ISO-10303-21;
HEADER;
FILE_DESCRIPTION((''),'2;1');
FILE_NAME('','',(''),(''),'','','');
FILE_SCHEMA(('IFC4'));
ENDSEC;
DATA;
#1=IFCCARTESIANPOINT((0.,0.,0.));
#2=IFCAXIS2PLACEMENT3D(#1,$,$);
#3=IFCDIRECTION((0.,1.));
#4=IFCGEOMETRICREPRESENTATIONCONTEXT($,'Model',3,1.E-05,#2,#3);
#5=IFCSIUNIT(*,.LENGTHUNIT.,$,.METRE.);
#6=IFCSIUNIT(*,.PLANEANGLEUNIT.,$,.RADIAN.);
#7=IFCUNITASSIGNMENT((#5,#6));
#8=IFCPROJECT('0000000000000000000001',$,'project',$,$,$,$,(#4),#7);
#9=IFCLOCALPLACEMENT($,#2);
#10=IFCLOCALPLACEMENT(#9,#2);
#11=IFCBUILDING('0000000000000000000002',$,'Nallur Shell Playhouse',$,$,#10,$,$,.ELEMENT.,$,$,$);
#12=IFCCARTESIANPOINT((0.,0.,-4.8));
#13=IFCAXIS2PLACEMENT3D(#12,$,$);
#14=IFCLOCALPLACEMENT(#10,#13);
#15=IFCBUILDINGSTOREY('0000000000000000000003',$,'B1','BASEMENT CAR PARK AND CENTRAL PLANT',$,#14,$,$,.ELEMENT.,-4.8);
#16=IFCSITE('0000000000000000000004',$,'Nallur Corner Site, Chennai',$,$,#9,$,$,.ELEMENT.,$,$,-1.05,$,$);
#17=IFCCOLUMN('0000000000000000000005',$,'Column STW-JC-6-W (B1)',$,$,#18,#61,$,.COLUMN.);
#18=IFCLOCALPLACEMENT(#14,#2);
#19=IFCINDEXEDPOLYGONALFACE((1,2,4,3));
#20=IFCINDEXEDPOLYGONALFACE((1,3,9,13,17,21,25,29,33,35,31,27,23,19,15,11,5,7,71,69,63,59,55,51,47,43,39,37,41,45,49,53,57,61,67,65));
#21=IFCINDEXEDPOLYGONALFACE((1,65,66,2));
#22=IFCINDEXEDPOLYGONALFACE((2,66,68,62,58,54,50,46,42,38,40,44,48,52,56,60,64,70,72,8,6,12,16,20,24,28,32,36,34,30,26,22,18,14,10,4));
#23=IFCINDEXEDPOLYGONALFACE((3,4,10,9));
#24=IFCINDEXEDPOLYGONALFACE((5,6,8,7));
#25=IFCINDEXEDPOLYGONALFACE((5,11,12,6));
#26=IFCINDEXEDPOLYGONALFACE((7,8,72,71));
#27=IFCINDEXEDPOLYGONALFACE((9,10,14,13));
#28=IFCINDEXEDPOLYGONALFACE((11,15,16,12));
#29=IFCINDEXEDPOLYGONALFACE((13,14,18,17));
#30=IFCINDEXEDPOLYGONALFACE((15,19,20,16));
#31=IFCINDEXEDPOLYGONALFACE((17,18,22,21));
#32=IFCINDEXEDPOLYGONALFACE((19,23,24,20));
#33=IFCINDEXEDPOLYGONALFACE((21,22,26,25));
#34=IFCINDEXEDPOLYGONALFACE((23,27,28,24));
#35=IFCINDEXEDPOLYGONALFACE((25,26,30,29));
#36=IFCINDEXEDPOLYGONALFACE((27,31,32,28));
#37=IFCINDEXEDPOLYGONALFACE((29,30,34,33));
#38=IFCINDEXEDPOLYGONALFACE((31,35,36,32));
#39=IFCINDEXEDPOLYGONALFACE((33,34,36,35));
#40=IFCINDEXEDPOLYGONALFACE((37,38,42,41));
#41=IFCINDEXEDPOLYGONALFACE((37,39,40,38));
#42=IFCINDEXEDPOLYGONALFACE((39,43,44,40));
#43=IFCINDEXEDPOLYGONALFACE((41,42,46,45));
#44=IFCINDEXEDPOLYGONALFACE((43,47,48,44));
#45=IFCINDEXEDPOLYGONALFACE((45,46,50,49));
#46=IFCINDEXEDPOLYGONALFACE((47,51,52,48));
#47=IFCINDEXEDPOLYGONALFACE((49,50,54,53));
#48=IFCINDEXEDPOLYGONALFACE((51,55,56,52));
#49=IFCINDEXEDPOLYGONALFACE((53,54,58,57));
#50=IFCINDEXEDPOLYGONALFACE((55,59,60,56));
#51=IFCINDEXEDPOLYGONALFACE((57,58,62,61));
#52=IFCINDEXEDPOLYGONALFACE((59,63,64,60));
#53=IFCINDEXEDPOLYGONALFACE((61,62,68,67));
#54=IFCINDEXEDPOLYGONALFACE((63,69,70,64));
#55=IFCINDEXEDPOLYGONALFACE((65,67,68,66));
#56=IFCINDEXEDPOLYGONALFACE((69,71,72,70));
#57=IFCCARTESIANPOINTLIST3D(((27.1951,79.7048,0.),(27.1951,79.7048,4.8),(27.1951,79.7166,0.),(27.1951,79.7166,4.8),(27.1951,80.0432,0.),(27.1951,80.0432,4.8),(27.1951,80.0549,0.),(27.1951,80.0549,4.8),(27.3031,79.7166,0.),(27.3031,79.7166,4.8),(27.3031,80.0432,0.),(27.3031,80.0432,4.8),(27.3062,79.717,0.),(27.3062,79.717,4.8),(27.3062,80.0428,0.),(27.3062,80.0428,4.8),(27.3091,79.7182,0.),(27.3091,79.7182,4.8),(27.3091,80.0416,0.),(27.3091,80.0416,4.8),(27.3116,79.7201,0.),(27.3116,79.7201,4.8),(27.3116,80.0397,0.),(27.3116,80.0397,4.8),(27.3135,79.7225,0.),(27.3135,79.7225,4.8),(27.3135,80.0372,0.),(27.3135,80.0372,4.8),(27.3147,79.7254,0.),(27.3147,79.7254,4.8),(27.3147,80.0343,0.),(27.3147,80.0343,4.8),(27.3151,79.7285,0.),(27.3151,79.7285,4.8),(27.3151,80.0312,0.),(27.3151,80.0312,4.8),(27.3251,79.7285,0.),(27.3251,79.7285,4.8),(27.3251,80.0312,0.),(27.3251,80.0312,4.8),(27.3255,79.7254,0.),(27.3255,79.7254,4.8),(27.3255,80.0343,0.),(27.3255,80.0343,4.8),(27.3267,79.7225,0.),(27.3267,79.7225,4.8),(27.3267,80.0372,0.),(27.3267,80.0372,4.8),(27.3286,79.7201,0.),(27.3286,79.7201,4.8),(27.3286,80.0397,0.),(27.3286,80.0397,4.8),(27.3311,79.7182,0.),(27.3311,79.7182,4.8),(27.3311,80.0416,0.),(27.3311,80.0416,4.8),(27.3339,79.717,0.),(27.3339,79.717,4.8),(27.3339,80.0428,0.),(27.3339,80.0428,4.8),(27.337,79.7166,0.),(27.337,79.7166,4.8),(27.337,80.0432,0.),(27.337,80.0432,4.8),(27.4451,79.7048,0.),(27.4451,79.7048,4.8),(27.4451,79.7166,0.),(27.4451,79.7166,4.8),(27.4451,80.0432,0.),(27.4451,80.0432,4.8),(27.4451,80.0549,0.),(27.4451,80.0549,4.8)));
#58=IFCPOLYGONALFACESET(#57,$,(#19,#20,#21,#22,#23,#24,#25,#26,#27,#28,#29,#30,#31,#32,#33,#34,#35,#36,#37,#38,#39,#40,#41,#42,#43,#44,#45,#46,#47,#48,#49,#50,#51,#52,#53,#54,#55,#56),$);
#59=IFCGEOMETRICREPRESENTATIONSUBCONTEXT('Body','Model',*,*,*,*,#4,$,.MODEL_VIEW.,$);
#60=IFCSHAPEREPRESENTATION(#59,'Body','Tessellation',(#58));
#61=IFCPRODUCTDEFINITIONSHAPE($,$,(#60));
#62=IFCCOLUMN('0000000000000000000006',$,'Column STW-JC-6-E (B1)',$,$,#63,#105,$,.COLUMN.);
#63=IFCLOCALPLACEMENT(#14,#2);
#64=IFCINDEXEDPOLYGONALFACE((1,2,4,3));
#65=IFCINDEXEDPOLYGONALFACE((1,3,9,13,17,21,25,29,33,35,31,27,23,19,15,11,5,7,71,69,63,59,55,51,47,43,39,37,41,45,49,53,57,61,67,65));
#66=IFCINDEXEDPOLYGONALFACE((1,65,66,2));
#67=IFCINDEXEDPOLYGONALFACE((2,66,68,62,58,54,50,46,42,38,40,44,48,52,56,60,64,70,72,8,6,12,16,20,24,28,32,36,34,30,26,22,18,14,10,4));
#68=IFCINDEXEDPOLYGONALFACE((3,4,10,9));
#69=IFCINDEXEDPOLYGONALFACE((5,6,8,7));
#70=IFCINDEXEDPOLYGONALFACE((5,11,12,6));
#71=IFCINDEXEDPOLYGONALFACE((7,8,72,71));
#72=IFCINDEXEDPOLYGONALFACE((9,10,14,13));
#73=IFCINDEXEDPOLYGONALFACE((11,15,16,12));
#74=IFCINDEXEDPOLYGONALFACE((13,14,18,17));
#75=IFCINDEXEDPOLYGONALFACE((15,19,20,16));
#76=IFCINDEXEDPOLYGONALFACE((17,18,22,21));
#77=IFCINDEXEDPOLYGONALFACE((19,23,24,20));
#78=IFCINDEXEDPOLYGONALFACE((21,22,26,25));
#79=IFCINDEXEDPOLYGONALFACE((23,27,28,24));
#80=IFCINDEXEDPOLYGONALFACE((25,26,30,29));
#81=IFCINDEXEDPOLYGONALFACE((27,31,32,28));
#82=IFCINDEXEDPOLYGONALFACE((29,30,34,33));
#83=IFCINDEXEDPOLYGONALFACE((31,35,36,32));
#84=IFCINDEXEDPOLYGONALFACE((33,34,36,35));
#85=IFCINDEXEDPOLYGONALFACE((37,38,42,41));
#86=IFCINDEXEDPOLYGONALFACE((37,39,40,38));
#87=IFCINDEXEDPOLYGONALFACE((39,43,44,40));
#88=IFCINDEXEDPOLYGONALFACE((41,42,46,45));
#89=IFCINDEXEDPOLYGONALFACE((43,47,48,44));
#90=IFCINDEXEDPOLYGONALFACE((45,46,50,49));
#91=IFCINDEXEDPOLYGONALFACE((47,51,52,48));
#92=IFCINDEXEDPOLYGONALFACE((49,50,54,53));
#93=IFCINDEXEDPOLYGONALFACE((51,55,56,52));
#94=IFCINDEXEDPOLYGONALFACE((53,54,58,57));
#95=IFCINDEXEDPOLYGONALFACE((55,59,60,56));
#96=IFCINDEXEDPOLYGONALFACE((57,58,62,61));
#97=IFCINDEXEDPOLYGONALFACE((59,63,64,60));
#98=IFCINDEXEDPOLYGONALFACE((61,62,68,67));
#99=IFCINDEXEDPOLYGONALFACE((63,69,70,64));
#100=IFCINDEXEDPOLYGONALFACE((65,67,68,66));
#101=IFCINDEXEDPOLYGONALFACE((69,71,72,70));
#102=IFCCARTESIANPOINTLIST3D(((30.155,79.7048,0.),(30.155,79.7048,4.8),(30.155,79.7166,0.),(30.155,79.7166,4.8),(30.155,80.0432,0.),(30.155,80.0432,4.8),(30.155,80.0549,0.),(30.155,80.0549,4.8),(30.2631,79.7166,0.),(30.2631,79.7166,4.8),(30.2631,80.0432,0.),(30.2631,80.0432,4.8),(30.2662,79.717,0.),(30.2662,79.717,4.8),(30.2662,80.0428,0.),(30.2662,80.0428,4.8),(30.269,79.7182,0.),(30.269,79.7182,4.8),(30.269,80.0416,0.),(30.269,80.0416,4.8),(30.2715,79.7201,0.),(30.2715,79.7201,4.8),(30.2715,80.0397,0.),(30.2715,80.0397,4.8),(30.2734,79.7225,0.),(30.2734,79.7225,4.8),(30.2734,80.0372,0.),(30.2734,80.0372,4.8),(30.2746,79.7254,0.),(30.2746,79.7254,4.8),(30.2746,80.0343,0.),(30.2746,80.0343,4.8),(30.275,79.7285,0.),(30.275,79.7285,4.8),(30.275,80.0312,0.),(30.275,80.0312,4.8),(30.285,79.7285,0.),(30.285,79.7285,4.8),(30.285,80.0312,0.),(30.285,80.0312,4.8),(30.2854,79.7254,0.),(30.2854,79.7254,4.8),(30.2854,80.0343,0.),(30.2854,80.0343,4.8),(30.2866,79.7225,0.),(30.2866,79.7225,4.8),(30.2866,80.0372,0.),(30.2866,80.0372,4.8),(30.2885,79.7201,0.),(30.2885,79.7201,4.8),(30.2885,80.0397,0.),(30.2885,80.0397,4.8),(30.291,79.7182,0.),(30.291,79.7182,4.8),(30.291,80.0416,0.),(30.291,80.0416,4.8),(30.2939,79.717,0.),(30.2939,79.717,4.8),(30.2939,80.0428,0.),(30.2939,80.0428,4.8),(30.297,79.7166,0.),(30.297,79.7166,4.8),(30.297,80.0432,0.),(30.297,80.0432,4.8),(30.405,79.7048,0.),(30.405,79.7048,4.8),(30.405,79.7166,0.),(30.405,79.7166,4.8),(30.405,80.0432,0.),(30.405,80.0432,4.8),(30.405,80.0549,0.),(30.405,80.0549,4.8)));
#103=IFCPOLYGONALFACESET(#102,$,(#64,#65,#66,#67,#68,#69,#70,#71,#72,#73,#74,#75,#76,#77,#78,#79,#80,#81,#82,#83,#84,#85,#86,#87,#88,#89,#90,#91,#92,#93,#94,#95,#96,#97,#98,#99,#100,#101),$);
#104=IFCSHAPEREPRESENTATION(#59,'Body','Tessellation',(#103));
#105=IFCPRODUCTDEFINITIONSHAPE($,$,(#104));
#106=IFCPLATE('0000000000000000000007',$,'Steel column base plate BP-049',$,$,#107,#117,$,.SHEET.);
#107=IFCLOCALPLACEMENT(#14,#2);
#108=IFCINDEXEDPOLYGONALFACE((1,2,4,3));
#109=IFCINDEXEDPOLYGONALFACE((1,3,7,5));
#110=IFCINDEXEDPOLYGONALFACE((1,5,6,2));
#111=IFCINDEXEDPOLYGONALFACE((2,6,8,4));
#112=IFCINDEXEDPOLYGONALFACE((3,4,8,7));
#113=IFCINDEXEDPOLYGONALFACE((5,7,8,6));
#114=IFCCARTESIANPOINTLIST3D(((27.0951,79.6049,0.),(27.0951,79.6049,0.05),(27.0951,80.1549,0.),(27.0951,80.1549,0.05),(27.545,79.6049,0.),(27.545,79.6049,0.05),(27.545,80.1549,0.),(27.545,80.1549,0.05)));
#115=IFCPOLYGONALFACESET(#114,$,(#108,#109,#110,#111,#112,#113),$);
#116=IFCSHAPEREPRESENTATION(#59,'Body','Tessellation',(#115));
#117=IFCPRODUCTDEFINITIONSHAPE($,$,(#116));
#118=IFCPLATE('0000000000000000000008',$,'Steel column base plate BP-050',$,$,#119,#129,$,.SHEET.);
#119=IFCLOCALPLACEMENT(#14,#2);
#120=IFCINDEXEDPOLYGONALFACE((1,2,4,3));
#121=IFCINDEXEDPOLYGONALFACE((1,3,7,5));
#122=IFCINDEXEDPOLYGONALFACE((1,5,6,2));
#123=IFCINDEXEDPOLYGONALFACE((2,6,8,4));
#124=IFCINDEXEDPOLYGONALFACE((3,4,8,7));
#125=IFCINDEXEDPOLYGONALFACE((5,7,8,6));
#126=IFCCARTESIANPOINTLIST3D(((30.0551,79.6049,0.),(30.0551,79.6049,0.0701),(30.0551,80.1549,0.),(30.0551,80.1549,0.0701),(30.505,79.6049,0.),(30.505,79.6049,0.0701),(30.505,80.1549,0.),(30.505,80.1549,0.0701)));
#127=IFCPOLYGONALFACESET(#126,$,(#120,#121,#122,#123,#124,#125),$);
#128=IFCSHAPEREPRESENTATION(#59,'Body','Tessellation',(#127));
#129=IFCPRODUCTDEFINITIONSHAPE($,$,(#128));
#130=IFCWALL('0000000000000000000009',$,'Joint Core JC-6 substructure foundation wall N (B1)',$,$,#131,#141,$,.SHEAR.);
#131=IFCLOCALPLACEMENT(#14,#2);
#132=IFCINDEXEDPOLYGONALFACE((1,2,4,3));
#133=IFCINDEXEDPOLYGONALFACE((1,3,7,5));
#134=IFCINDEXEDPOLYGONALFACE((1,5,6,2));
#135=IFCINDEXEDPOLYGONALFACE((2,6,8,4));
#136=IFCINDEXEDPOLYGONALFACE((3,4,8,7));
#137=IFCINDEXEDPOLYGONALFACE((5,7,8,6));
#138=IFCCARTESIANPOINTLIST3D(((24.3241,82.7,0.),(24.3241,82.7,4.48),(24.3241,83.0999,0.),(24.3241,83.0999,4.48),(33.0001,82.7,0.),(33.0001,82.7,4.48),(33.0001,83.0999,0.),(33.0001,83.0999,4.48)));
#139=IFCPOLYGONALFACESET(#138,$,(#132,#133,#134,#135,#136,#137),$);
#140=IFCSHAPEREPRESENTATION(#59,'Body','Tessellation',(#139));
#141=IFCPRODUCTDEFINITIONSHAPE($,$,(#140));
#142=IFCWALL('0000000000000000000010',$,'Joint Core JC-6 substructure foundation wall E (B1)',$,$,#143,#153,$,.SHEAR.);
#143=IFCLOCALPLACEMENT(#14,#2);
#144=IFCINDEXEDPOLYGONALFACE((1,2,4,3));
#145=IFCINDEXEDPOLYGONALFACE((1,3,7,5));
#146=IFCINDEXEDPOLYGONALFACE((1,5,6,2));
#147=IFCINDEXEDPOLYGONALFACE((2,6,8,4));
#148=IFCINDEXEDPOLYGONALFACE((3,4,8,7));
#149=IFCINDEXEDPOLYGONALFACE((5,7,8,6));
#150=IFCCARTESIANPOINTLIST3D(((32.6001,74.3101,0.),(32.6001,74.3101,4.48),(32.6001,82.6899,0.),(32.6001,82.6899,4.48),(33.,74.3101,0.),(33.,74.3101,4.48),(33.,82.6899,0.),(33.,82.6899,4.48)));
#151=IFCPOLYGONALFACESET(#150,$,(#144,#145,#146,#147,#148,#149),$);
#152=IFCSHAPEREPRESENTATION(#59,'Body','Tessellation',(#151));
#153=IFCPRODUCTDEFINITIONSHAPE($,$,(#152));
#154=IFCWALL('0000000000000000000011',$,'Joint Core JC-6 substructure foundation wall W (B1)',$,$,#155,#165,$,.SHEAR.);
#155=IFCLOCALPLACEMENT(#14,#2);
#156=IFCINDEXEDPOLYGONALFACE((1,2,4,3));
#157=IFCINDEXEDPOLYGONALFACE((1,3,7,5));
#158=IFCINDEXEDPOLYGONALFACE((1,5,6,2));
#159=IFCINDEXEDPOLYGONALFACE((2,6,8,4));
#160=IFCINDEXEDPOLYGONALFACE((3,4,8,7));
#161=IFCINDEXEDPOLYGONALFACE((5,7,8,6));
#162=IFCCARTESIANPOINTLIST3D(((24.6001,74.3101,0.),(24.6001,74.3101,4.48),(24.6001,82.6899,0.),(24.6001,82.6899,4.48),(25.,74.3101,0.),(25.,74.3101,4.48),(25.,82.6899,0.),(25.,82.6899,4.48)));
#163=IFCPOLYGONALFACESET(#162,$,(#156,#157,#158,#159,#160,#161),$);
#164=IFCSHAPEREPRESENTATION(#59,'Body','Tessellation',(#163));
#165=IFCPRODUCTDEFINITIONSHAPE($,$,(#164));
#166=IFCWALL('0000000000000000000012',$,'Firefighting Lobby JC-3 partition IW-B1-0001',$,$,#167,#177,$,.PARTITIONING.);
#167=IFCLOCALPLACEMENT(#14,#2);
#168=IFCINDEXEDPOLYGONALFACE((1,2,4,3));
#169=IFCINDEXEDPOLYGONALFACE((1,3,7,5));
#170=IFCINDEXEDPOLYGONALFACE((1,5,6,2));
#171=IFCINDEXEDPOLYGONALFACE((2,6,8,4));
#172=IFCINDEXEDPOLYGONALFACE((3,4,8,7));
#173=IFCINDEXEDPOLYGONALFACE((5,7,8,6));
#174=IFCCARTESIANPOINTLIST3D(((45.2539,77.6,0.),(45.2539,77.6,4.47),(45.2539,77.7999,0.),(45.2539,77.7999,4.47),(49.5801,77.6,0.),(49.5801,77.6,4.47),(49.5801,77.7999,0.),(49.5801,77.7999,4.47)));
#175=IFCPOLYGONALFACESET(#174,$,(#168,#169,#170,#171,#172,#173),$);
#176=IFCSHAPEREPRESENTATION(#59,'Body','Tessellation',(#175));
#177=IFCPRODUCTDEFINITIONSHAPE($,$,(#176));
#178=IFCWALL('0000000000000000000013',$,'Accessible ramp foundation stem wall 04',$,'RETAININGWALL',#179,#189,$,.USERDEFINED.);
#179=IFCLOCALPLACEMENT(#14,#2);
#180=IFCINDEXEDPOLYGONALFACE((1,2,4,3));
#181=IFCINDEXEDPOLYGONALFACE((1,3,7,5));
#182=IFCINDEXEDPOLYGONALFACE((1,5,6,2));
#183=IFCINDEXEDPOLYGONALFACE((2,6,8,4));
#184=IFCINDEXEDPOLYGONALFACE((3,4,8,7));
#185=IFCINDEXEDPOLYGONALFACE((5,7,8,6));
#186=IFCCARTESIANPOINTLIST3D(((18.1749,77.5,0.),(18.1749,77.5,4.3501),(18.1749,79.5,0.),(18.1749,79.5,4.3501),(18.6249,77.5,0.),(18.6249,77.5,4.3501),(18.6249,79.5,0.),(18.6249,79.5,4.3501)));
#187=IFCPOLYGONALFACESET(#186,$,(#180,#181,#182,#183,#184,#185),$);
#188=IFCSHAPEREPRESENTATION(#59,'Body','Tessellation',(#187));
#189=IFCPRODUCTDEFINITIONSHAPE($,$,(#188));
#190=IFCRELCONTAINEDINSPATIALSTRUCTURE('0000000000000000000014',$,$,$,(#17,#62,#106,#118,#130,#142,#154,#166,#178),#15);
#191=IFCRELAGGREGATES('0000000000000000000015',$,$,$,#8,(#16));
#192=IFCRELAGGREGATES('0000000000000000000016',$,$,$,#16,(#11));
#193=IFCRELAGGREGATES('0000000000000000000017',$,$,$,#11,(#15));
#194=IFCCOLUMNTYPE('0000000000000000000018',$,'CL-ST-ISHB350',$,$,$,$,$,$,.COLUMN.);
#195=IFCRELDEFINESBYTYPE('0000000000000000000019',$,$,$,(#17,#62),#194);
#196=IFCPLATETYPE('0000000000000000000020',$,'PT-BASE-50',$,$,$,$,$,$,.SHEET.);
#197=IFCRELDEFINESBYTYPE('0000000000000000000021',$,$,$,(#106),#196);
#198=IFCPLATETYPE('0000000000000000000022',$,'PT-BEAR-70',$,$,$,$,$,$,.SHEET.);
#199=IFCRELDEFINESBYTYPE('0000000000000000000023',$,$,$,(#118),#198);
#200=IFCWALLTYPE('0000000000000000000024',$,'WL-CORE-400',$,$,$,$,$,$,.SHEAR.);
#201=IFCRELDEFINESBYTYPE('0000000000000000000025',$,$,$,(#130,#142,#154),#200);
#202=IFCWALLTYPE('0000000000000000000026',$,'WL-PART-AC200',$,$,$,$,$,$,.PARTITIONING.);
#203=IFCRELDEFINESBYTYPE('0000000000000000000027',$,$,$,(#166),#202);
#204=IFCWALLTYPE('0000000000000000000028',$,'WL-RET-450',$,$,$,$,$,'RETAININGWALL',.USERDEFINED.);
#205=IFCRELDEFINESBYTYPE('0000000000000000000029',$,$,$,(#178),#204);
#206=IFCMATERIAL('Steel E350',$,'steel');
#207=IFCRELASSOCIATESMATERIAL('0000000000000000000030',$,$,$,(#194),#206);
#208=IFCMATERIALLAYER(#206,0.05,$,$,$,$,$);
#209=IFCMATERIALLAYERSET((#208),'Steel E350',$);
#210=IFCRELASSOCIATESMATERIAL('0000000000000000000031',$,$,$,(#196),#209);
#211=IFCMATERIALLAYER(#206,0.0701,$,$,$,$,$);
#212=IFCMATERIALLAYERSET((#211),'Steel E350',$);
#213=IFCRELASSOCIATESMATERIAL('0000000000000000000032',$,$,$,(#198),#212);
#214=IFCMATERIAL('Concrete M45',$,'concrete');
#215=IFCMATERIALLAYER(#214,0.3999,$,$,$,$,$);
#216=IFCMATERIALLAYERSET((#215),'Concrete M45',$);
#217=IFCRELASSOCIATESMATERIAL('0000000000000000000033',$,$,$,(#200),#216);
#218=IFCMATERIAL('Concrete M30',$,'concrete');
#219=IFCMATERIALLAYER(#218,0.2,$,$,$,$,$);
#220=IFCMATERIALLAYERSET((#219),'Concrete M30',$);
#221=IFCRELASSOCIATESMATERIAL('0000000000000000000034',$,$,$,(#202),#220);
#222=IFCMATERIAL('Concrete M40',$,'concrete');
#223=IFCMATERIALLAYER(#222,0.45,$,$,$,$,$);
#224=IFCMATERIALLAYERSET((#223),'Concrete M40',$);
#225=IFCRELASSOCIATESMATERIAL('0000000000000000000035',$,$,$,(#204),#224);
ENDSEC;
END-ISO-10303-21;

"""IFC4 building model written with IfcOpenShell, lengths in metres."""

from ifc_helpers import new_model, si_unit, direction, frame, frame_2d, origin, origin_2d, place, context, subcontext, project, spatial, rectangle, i_section, extrude, material, layer, layer_set, material_profile, profile_set, type_object, element, save


model = new_model("IFC4")

# Units and contexts
model_context = context("Model", 3, precision=1e-05, world=origin(), true_north=direction((0.0, 1.0)))
body_context = subcontext(model_context, "Body", "Model", "MODEL_VIEW")
ifc_project = project(units=[si_unit("LENGTHUNIT", "METRE"), si_unit("PLANEANGLEUNIT", "RADIAN")], contexts=[model_context])

# Site, building, storey
site_placement = place(None, origin())
site = spatial("IfcSite", under=ifc_project, at=site_placement, Name="Nallur Corner Site, Chennai", CompositionType="ELEMENT", RefElevation=-1.05)
building_placement = place(site_placement, origin())
building = spatial("IfcBuilding", under=site, at=building_placement, Name="Nallur Shell Playhouse", CompositionType="ELEMENT")
storey_placement = place(building_placement, frame((0.0, 0.0, -4.8)))
storey = spatial("IfcBuildingStorey", under=building, at=storey_placement, Name="B1", Description="BASEMENT CAR PARK AND CENTRAL PLANT", CompositionType="ELEMENT", Elevation=-4.8)

# Columns
ifc_material_1 = material(Name="Steel E350", Category="steel")
ifc_material_profile_1 = material_profile(ifc_material_1, i_section(OverallWidth=0.25, OverallDepth=0.3501, WebThickness=0.01, FlangeThickness=0.0117, FilletRadius=0.012, at=origin_2d()), Name="ISHB 350")
ifc_profile_set_1 = profile_set([ifc_material_profile_1], Name="Steel E350")
column_type = type_object("IfcColumnType", Name="CL-ST-ISHB350", PredefinedType="COLUMN", material=ifc_profile_set_1)
for number, where, z_axis, x_axis, name in (
    (1, (27.3201, 79.8799, 0.0), (0.0, 0.0, 1.0), (1.0, 0.0, 0.0), "Column STW-JC-6-W (B1)"),
    (2, (30.28, 79.8799, 0.0), (0.0, 0.0, 1.0), (1.0, 0.0, 0.0), "Column STW-JC-6-E (B1)"),
):
    element("IfcColumn", number, at=place(storey_placement, frame(where, z_axis=z_axis, x_axis=x_axis)), inside=storey, type_object=column_type, Name=name, PredefinedType="COLUMN", context=body_context, shape_type="SweptSolid", body=[
        extrude(i_section(OverallWidth=0.25, OverallDepth=0.3501, WebThickness=0.01, FlangeThickness=0.0117, FilletRadius=0.012, at=origin_2d()), origin(), (0.0, 0.0, 1.0), 4.8),
    ])

# Plates
ifc_layer_1 = layer(ifc_material_1, 0.05)
ifc_layer_set_1 = layer_set([ifc_layer_1], Name="Steel E350")
plate_type_1 = type_object("IfcPlateType", Name="PT-BASE-50", PredefinedType="SHEET", material=ifc_layer_set_1)
plate_1_placement = place(storey_placement, frame((27.3201, 79.8799, 0.0), z_axis=(0.0, 0.0, 1.0), x_axis=(1.0, 0.0, 0.0)))
element("IfcPlate", 3, at=plate_1_placement, inside=storey, type_object=plate_type_1, Name="Steel column base plate BP-049", PredefinedType="SHEET", context=body_context, shape_type="SweptSolid", body=[
    extrude(rectangle(XDim=0.45, YDim=0.55, at=origin_2d()), origin(), (0.0, 0.0, 1.0), 0.05),
])
ifc_layer_2 = layer(ifc_material_1, 0.0701)
ifc_layer_set_2 = layer_set([ifc_layer_2], Name="Steel E350")
plate_type_2 = type_object("IfcPlateType", Name="PT-BEAR-70", PredefinedType="SHEET", material=ifc_layer_set_2)
plate_2_placement = place(storey_placement, frame((30.28, 79.8799, 0.0), z_axis=(0.0, 0.0, 1.0), x_axis=(1.0, 0.0, 0.0)))
element("IfcPlate", 4, at=plate_2_placement, inside=storey, type_object=plate_type_2, Name="Steel column base plate BP-050", PredefinedType="SHEET", context=body_context, shape_type="SweptSolid", body=[
    extrude(rectangle(XDim=0.45, YDim=0.55, at=origin_2d()), origin(), (0.0, 0.0, 1.0), 0.0701),
])

# Walls
ifc_material_2 = material(Name="Concrete M45", Category="concrete")
ifc_layer_3 = layer(ifc_material_2, 0.3999)
ifc_layer_set_3 = layer_set([ifc_layer_3], Name="Concrete M45")
wall_type_1 = type_object("IfcWallType", Name="WL-CORE-400", PredefinedType="SHEAR", material=ifc_layer_set_3)
wall_1_placement = place(storey_placement, frame((33.0, 82.8999, 0.0), z_axis=(0.0, 0.0, 1.0), x_axis=(-1.0, 0.0, 0.0)))
element("IfcWall", 5, at=wall_1_placement, inside=storey, type_object=wall_type_1, Name="Joint Core JC-6 substructure foundation wall N (B1)", PredefinedType="SHEAR", context=body_context, shape_type="SweptSolid", body=[
    extrude(rectangle(XDim=8.676, YDim=0.3999, at=frame_2d((4.3379, 0.0))), origin(), (0.0, 0.0, 1.0), 4.48),
])
for number, where, z_axis, x_axis, name in (
    (6, (32.8, 74.3101, 0.0), (0.0, 0.0, 1.0), (0.0, 1.0, 0.0), "Joint Core JC-6 substructure foundation wall E (B1)"),
    (7, (24.8, 82.6899, 0.0), (0.0, 0.0, 1.0), (0.0, -1.0, 0.0), "Joint Core JC-6 substructure foundation wall W (B1)"),
):
    element("IfcWall", number, at=place(storey_placement, frame(where, z_axis=z_axis, x_axis=x_axis)), inside=storey, type_object=wall_type_1, Name=name, PredefinedType="SHEAR", context=body_context, shape_type="SweptSolid", body=[
        extrude(rectangle(XDim=8.3799, YDim=0.3999, at=frame_2d((4.1899, 0.0))), origin(), (0.0, 0.0, 1.0), 4.48),
    ])
ifc_material_3 = material(Name="Concrete M30", Category="concrete")
ifc_layer_4 = layer(ifc_material_3, 0.2)
ifc_layer_set_4 = layer_set([ifc_layer_4], Name="Concrete M30")
wall_type_2 = type_object("IfcWallType", Name="WL-PART-AC200", PredefinedType="PARTITIONING", material=ifc_layer_set_4)
wall_2_placement = place(storey_placement, frame((45.2539, 77.7, 0.0), z_axis=(0.0, 0.0, 1.0), x_axis=(1.0, 0.0, 0.0)))
element("IfcWall", 8, at=wall_2_placement, inside=storey, type_object=wall_type_2, Name="Firefighting Lobby JC-3 partition IW-B1-0001", PredefinedType="PARTITIONING", context=body_context, shape_type="SweptSolid", body=[
    extrude(rectangle(XDim=4.3262, YDim=0.2, at=frame_2d((2.1631, 0.0))), origin(), (0.0, 0.0, 1.0), 4.47),
])
ifc_material_4 = material(Name="Concrete M40", Category="concrete")
ifc_layer_5 = layer(ifc_material_4, 0.45)
ifc_layer_set_5 = layer_set([ifc_layer_5], Name="Concrete M40")
wall_type_3 = type_object("IfcWallType", Name="WL-RET-450", ElementType="RETAININGWALL", PredefinedType="USERDEFINED", material=ifc_layer_set_5)
wall_3_placement = place(storey_placement, frame((18.3999, 77.5, 0.0), z_axis=(0.0, 0.0, 1.0), x_axis=(0.0, 1.0, 0.0)))
element("IfcWall", 9, at=wall_3_placement, inside=storey, type_object=wall_type_3, Name="Accessible ramp foundation stem wall 04", ObjectType="RETAININGWALL", PredefinedType="USERDEFINED", context=body_context, shape_type="SweptSolid", body=[
    extrude(rectangle(XDim=2.0, YDim=0.45, at=frame_2d((1.0, 0.0))), origin(), (0.0, 0.0, 1.0), 4.3501),
])

save(model, "model.ifc")
